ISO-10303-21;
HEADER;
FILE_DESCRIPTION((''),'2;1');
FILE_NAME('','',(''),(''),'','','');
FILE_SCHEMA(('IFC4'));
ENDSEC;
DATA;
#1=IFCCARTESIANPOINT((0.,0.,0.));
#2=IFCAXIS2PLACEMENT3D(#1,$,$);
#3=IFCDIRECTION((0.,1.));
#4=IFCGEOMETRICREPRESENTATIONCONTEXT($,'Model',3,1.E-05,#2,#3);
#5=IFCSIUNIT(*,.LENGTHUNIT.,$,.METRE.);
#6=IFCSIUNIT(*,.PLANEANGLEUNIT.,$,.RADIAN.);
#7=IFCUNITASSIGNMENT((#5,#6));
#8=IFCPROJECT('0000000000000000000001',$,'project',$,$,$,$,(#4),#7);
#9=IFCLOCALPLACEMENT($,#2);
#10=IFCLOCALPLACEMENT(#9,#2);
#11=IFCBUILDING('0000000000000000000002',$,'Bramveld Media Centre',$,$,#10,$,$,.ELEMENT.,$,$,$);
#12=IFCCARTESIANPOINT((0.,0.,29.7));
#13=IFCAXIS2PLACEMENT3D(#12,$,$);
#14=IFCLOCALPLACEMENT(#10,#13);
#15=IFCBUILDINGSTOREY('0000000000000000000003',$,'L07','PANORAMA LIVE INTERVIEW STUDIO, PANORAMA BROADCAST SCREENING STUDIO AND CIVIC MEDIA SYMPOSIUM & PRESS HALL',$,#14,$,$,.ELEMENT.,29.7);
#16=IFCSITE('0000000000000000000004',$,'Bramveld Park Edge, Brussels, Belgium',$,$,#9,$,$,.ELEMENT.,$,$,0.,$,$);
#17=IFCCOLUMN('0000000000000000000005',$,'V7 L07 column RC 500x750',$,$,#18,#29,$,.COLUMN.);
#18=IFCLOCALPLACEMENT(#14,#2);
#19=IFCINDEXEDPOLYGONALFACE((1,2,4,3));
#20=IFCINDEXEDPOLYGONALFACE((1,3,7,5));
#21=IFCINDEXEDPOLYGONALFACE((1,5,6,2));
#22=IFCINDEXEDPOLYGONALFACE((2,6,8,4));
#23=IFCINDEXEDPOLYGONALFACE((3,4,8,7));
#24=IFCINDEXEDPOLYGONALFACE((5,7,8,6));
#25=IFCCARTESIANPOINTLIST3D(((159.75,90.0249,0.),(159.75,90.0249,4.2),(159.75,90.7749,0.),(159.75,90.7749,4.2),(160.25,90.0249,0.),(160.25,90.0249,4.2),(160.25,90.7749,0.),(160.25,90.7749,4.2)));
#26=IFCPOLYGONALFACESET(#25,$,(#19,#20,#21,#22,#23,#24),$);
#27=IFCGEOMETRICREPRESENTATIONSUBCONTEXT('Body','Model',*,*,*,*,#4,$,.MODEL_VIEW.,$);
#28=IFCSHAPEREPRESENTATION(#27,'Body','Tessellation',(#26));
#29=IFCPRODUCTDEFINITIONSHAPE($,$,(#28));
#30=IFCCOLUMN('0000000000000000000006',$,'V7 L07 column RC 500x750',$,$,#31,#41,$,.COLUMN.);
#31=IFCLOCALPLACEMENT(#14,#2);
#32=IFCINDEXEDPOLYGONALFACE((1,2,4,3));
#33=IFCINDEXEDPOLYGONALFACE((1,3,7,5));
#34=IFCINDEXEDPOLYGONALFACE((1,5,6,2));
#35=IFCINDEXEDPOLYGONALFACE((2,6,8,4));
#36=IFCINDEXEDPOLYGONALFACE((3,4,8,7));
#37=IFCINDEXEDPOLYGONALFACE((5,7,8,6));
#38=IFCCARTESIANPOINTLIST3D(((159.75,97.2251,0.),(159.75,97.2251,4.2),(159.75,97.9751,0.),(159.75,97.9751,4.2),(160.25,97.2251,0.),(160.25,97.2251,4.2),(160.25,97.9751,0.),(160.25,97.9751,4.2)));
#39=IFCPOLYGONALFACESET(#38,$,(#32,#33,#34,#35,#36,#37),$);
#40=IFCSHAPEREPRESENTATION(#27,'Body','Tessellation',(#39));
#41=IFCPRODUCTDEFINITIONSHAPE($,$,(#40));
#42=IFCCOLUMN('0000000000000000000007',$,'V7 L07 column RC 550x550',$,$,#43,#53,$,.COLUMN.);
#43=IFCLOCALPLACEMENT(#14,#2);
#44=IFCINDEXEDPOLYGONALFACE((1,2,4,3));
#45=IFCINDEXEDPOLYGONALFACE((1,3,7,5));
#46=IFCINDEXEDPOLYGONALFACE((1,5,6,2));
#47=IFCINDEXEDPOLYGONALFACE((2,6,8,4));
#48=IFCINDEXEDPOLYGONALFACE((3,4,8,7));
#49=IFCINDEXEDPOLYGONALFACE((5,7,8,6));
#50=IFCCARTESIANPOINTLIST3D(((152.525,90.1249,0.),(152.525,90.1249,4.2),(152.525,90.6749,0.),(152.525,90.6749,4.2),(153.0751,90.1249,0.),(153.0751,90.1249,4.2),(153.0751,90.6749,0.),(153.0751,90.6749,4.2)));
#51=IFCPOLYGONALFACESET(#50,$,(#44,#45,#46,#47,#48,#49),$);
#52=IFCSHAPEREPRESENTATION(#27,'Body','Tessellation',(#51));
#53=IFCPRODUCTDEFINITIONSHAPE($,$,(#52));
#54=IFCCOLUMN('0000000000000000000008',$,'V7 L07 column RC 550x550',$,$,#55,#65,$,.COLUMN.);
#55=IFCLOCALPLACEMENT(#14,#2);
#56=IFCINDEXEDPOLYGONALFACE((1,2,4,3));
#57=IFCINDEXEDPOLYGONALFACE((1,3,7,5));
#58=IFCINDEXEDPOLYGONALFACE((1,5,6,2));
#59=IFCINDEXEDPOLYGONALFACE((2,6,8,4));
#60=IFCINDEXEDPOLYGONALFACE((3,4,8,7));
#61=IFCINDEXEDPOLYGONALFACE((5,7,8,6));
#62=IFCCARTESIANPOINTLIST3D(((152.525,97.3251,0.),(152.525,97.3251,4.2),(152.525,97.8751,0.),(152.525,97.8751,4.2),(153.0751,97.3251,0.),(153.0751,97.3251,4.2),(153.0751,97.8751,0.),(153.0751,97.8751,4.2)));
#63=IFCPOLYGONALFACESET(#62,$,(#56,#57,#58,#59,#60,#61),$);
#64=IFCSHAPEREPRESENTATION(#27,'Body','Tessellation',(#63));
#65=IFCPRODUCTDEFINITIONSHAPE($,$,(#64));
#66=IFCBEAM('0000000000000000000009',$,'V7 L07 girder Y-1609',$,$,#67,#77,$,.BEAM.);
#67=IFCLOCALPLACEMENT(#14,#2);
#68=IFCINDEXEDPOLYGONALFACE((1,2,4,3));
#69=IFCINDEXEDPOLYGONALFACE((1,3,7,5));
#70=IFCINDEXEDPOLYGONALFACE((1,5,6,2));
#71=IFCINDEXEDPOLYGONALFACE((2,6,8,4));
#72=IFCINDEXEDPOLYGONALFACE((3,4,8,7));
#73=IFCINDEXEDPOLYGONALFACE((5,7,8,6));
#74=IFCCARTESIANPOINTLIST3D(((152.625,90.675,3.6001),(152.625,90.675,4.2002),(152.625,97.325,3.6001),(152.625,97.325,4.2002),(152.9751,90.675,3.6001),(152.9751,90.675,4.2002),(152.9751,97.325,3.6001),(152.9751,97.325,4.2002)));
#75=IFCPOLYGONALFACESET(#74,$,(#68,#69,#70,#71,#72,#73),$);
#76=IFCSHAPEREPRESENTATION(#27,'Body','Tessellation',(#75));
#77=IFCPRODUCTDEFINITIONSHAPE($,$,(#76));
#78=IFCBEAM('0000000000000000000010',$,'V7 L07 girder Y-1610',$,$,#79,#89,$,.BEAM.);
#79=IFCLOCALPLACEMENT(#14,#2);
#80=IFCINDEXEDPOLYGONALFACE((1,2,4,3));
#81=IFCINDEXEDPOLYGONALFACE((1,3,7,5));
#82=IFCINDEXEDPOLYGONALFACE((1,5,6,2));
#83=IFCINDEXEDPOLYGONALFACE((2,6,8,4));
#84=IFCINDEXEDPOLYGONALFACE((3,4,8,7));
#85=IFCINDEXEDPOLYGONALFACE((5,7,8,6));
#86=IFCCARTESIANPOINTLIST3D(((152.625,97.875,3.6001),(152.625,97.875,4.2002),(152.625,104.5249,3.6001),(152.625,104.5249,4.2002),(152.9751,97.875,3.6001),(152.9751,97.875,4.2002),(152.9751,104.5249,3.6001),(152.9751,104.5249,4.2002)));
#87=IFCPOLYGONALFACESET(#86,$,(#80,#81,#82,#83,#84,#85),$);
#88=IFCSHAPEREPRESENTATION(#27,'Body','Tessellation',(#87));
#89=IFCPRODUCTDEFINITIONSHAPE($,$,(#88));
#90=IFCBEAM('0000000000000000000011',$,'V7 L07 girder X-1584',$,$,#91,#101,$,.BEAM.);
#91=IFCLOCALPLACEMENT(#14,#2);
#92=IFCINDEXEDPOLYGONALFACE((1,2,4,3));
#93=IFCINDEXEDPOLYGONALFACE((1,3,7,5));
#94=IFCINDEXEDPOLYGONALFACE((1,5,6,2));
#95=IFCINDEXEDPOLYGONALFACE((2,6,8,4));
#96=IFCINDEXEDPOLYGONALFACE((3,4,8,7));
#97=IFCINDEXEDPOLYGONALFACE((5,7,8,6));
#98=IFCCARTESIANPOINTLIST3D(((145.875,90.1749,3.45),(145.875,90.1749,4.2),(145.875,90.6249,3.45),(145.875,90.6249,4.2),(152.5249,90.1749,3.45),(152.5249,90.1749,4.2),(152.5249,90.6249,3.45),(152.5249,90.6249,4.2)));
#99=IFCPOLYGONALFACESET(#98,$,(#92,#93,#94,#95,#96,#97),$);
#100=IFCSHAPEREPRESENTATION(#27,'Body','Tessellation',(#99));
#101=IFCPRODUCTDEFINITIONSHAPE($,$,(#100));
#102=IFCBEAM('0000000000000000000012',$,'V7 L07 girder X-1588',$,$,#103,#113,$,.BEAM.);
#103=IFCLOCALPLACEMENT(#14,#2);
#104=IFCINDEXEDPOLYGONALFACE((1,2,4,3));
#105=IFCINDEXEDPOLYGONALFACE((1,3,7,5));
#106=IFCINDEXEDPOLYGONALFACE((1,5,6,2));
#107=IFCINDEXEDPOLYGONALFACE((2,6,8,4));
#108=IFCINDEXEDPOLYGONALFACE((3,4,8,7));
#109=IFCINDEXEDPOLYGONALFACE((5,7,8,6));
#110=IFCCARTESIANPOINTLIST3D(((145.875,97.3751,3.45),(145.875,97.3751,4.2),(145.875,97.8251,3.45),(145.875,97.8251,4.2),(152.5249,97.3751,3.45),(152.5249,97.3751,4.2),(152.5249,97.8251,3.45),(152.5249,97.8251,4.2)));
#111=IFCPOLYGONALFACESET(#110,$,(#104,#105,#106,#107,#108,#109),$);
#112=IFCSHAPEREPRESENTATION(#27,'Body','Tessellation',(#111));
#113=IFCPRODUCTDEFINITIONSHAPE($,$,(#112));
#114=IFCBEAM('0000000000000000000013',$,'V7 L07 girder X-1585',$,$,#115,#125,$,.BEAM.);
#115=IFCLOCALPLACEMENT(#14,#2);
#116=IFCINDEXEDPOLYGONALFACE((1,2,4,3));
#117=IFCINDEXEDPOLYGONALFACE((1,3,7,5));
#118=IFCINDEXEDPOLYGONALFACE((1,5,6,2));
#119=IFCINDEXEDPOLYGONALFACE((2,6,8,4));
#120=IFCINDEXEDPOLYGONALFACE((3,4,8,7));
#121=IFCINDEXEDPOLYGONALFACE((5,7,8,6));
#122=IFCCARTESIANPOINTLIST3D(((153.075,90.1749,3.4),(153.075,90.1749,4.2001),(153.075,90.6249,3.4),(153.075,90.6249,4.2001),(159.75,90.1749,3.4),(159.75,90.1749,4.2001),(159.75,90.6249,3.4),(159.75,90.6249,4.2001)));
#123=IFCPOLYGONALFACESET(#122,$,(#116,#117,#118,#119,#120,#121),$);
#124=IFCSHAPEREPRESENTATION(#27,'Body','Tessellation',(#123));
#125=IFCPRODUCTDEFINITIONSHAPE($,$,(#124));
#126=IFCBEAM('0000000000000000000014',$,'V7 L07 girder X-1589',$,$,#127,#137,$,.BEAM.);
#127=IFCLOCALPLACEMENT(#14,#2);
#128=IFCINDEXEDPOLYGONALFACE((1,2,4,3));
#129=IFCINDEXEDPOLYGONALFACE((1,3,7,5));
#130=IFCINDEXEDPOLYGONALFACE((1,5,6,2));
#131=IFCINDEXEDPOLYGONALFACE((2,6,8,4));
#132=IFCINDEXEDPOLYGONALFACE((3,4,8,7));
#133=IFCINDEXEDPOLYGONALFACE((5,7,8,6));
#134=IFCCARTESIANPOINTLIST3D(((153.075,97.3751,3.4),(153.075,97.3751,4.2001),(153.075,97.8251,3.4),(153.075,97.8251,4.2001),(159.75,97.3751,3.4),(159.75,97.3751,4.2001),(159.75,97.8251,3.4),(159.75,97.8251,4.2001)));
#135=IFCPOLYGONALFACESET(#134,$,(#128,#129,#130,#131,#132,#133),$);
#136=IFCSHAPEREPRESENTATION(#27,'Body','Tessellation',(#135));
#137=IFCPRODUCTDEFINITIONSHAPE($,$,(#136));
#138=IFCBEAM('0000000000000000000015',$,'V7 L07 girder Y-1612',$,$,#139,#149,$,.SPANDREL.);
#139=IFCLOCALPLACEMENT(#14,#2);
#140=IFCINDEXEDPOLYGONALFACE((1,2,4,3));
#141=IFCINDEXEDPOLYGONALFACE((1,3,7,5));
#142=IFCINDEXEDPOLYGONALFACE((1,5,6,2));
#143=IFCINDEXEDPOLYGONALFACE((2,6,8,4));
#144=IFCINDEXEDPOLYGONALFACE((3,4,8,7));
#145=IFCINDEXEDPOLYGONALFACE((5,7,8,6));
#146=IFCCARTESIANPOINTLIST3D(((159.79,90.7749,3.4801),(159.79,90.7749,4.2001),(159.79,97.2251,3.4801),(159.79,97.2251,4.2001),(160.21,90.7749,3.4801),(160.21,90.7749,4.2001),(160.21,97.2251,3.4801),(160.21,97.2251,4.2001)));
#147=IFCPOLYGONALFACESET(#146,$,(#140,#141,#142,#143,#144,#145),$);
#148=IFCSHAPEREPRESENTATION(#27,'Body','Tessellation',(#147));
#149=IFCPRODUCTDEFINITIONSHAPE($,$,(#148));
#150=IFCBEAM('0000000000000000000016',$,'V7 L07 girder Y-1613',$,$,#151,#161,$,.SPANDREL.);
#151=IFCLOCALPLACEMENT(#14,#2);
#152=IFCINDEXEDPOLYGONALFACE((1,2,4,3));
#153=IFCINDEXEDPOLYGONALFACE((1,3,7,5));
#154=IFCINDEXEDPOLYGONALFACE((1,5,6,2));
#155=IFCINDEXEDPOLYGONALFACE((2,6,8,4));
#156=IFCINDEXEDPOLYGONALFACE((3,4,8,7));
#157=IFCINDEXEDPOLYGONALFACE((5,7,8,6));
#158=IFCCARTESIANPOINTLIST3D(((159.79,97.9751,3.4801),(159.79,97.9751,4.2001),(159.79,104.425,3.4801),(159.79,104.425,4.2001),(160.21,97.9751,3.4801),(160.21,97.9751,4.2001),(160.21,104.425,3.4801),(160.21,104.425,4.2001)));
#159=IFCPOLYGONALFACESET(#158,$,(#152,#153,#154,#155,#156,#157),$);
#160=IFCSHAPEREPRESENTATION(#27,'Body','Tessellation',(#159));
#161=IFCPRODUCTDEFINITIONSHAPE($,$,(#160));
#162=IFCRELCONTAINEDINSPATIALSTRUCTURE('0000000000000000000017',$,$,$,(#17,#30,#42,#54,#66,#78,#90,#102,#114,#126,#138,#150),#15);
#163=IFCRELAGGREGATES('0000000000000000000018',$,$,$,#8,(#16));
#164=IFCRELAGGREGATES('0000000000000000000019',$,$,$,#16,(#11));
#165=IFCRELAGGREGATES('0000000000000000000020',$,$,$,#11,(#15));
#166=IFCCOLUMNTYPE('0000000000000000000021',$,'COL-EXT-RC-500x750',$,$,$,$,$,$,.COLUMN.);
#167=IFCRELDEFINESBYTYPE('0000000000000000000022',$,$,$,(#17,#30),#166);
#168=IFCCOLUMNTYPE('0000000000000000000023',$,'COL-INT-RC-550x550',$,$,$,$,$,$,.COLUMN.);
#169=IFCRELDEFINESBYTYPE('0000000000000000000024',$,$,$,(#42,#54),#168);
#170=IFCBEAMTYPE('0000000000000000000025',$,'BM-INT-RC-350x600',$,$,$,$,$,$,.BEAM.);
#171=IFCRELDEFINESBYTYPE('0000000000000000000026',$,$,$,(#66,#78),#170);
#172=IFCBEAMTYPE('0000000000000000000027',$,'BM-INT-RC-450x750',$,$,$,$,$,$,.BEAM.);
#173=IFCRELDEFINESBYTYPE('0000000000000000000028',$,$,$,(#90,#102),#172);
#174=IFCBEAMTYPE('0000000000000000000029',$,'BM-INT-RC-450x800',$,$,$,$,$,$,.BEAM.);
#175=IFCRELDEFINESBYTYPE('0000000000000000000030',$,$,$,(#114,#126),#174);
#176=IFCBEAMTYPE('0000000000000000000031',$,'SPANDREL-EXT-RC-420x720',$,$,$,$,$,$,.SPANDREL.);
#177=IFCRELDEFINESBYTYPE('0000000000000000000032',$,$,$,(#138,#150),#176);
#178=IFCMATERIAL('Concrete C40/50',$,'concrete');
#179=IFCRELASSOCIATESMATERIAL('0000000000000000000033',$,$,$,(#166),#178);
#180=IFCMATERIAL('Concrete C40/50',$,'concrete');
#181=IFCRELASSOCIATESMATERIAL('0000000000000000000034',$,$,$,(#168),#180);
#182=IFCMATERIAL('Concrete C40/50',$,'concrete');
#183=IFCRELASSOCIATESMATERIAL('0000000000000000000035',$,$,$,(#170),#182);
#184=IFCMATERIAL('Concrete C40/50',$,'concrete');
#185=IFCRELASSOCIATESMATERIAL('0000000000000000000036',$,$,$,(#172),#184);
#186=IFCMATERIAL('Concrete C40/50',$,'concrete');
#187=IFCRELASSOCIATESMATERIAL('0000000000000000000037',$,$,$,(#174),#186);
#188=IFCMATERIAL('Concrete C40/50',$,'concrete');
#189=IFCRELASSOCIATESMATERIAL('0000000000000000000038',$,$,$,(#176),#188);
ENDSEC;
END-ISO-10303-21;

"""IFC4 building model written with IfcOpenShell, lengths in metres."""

from ifc_helpers import new_model, si_unit, direction, frame, origin, origin_2d, place, context, subcontext, project, spatial, rectangle, extrude, material, material_profile, profile_set, type_object, element, save


model = new_model("IFC4")

# Units and contexts
model_context = context("Model", 3, precision=1e-05, world=origin(), true_north=direction((0.0, 1.0)))
body_context = subcontext(model_context, "Body", "Model", "MODEL_VIEW")
ifc_project = project(units=[si_unit("LENGTHUNIT", "METRE"), si_unit("PLANEANGLEUNIT", "RADIAN")], contexts=[model_context])

# Site, building, storey
site_placement = place(None, origin())
site = spatial("IfcSite", under=ifc_project, at=site_placement, Name="Bramveld Park Edge, Brussels, Belgium", CompositionType="ELEMENT", RefElevation=0.0)
building_placement = place(site_placement, origin())
building = spatial("IfcBuilding", under=site, at=building_placement, Name="Bramveld Media Centre", CompositionType="ELEMENT")
storey_placement = place(building_placement, frame((0.0, 0.0, 29.7)))
storey = spatial("IfcBuildingStorey", under=building, at=storey_placement, Name="L07", Description="PANORAMA LIVE INTERVIEW STUDIO, PANORAMA BROADCAST SCREENING STUDIO AND CIVIC MEDIA SYMPOSIUM & PRESS HALL", CompositionType="ELEMENT", Elevation=29.7)

# Columns
ifc_material_1 = material(Name="Concrete C40/50", Category="concrete")
ifc_material_profile_1 = material_profile(ifc_material_1, rectangle(XDim=0.5, YDim=0.75, at=origin_2d()), Name="RC 500x750")
ifc_profile_set_1 = profile_set([ifc_material_profile_1], Name="Concrete C40/50")
column_type_1 = type_object("IfcColumnType", Name="COL-EXT-RC-500x750", PredefinedType="COLUMN", material=ifc_profile_set_1)
for number, where, z_axis, x_axis, name in (
    (1, (160.0, 90.3999, 0.0), (0.0, 0.0, 1.0), (1.0, 0.0, 0.0), "V7 L07 column RC 500x750"),
    (2, (160.0, 97.6001, 0.0), (0.0, 0.0, 1.0), (1.0, 0.0, 0.0), "V7 L07 column RC 500x750"),
):
    element("IfcColumn", number, at=place(storey_placement, frame(where, z_axis=z_axis, x_axis=x_axis)), inside=storey, type_object=column_type_1, Name=name, PredefinedType="COLUMN", context=body_context, shape_type="SweptSolid", body=[
        extrude(rectangle(XDim=0.5, YDim=0.75, at=origin_2d()), origin(), (0.0, 0.0, 1.0), 4.2),
    ])
ifc_material_2 = material(Name="Concrete C40/50", Category="concrete")
ifc_material_profile_2 = material_profile(ifc_material_2, rectangle(XDim=0.55, YDim=0.55, at=origin_2d()), Name="RC 550x550")
ifc_profile_set_2 = profile_set([ifc_material_profile_2], Name="Concrete C40/50")
column_type_2 = type_object("IfcColumnType", Name="COL-INT-RC-550x550", PredefinedType="COLUMN", material=ifc_profile_set_2)
for number, where, z_axis, x_axis, name in (
    (3, (152.8, 90.3999, 0.0), (0.0, 0.0, 1.0), (1.0, 0.0, 0.0), "V7 L07 column RC 550x550"),
    (4, (152.8, 97.6001, 0.0), (0.0, 0.0, 1.0), (1.0, 0.0, 0.0), "V7 L07 column RC 550x550"),
):
    element("IfcColumn", number, at=place(storey_placement, frame(where, z_axis=z_axis, x_axis=x_axis)), inside=storey, type_object=column_type_2, Name=name, PredefinedType="COLUMN", context=body_context, shape_type="SweptSolid", body=[
        extrude(rectangle(XDim=0.55, YDim=0.55, at=origin_2d()), origin(), (0.0, 0.0, 1.0), 4.2),
    ])

# Beams
ifc_material_3 = material(Name="Concrete C40/50", Category="concrete")
ifc_material_profile_3 = material_profile(ifc_material_3, rectangle(XDim=0.3501, YDim=0.6001, at=origin_2d()), Name="RC 350x600")
ifc_profile_set_3 = profile_set([ifc_material_profile_3], Name="Concrete C40/50")
beam_type_1 = type_object("IfcBeamType", Name="BM-INT-RC-350x600", PredefinedType="BEAM", material=ifc_profile_set_3)
for number, where, z_axis, x_axis, name in (
    (5, (152.8, 90.675, 3.9001), (0.0, 1.0, 0.0), (-1.0, 0.0, 0.0), "V7 L07 girder Y-1609"),
    (6, (152.8, 97.875, 3.9001), (0.0, 1.0, 0.0), (-1.0, 0.0, 0.0), "V7 L07 girder Y-1610"),
):
    element("IfcBeam", number, at=place(storey_placement, frame(where, z_axis=z_axis, x_axis=x_axis)), inside=storey, type_object=beam_type_1, Name=name, PredefinedType="BEAM", context=body_context, shape_type="SweptSolid", body=[
        extrude(rectangle(XDim=0.3501, YDim=0.6001, at=origin_2d()), origin(), (0.0, 0.0, 1.0), 6.6499),
    ])
ifc_material_4 = material(Name="Concrete C40/50", Category="concrete")
ifc_material_profile_4 = material_profile(ifc_material_4, rectangle(XDim=0.45, YDim=0.75, at=origin_2d()), Name="RC 450x750")
ifc_profile_set_4 = profile_set([ifc_material_profile_4], Name="Concrete C40/50")
beam_type_2 = type_object("IfcBeamType", Name="BM-INT-RC-450x750", PredefinedType="BEAM", material=ifc_profile_set_4)
for number, where, z_axis, x_axis, name in (
    (7, (145.875, 90.3999, 3.825), (1.0, 0.0, 0.0), (0.0, 1.0, 0.0), "V7 L07 girder X-1584"),
    (8, (145.875, 97.6001, 3.825), (1.0, 0.0, 0.0), (0.0, 1.0, 0.0), "V7 L07 girder X-1588"),
):
    element("IfcBeam", number, at=place(storey_placement, frame(where, z_axis=z_axis, x_axis=x_axis)), inside=storey, type_object=beam_type_2, Name=name, PredefinedType="BEAM", context=body_context, shape_type="SweptSolid", body=[
        extrude(rectangle(XDim=0.45, YDim=0.75, at=origin_2d()), origin(), (0.0, 0.0, 1.0), 6.6499),
    ])
ifc_material_5 = material(Name="Concrete C40/50", Category="concrete")
ifc_material_profile_5 = material_profile(ifc_material_5, rectangle(XDim=0.45, YDim=0.8, at=origin_2d()), Name="RC 450x800")
ifc_profile_set_5 = profile_set([ifc_material_profile_5], Name="Concrete C40/50")
beam_type_3 = type_object("IfcBeamType", Name="BM-INT-RC-450x800", PredefinedType="BEAM", material=ifc_profile_set_5)
for number, where, z_axis, x_axis, name in (
    (9, (153.075, 90.3999, 3.8), (1.0, 0.0, 0.0), (0.0, 1.0, 0.0), "V7 L07 girder X-1585"),
    (10, (153.075, 97.6001, 3.8), (1.0, 0.0, 0.0), (0.0, 1.0, 0.0), "V7 L07 girder X-1589"),
):
    element("IfcBeam", number, at=place(storey_placement, frame(where, z_axis=z_axis, x_axis=x_axis)), inside=storey, type_object=beam_type_3, Name=name, PredefinedType="BEAM", context=body_context, shape_type="SweptSolid", body=[
        extrude(rectangle(XDim=0.45, YDim=0.8, at=origin_2d()), origin(), (0.0, 0.0, 1.0), 6.675),
    ])
ifc_material_6 = material(Name="Concrete C40/50", Category="concrete")
ifc_material_profile_6 = material_profile(ifc_material_6, rectangle(XDim=0.4199, YDim=0.72, at=origin_2d()), Name="RC 420x720")
ifc_profile_set_6 = profile_set([ifc_material_profile_6], Name="Concrete C40/50")
beam_type_4 = type_object("IfcBeamType", Name="SPANDREL-EXT-RC-420x720", PredefinedType="SPANDREL", material=ifc_profile_set_6)
beam_1_placement = place(storey_placement, frame((160.0, 90.7749, 3.8401), z_axis=(0.0, 1.0, 0.0), x_axis=(-1.0, 0.0, 0.0)))
element("IfcBeam", 11, at=beam_1_placement, inside=storey, type_object=beam_type_4, Name="V7 L07 girder Y-1612", PredefinedType="SPANDREL", context=body_context, shape_type="SweptSolid", body=[
    extrude(rectangle(XDim=0.4199, YDim=0.72, at=origin_2d()), origin(), (0.0, 0.0, 1.0), 6.4502),
])
beam_2_placement = place(storey_placement, frame((160.0, 97.9751, 3.8401), z_axis=(0.0, 1.0, 0.0), x_axis=(-1.0, 0.0, 0.0)))
element("IfcBeam", 12, at=beam_2_placement, inside=storey, type_object=beam_type_4, Name="V7 L07 girder Y-1613", PredefinedType="SPANDREL", context=body_context, shape_type="SweptSolid", body=[
    extrude(rectangle(XDim=0.4199, YDim=0.72, at=origin_2d()), origin(), (0.0, 0.0, 1.0), 6.45),
])

save(model, "model.ifc")
